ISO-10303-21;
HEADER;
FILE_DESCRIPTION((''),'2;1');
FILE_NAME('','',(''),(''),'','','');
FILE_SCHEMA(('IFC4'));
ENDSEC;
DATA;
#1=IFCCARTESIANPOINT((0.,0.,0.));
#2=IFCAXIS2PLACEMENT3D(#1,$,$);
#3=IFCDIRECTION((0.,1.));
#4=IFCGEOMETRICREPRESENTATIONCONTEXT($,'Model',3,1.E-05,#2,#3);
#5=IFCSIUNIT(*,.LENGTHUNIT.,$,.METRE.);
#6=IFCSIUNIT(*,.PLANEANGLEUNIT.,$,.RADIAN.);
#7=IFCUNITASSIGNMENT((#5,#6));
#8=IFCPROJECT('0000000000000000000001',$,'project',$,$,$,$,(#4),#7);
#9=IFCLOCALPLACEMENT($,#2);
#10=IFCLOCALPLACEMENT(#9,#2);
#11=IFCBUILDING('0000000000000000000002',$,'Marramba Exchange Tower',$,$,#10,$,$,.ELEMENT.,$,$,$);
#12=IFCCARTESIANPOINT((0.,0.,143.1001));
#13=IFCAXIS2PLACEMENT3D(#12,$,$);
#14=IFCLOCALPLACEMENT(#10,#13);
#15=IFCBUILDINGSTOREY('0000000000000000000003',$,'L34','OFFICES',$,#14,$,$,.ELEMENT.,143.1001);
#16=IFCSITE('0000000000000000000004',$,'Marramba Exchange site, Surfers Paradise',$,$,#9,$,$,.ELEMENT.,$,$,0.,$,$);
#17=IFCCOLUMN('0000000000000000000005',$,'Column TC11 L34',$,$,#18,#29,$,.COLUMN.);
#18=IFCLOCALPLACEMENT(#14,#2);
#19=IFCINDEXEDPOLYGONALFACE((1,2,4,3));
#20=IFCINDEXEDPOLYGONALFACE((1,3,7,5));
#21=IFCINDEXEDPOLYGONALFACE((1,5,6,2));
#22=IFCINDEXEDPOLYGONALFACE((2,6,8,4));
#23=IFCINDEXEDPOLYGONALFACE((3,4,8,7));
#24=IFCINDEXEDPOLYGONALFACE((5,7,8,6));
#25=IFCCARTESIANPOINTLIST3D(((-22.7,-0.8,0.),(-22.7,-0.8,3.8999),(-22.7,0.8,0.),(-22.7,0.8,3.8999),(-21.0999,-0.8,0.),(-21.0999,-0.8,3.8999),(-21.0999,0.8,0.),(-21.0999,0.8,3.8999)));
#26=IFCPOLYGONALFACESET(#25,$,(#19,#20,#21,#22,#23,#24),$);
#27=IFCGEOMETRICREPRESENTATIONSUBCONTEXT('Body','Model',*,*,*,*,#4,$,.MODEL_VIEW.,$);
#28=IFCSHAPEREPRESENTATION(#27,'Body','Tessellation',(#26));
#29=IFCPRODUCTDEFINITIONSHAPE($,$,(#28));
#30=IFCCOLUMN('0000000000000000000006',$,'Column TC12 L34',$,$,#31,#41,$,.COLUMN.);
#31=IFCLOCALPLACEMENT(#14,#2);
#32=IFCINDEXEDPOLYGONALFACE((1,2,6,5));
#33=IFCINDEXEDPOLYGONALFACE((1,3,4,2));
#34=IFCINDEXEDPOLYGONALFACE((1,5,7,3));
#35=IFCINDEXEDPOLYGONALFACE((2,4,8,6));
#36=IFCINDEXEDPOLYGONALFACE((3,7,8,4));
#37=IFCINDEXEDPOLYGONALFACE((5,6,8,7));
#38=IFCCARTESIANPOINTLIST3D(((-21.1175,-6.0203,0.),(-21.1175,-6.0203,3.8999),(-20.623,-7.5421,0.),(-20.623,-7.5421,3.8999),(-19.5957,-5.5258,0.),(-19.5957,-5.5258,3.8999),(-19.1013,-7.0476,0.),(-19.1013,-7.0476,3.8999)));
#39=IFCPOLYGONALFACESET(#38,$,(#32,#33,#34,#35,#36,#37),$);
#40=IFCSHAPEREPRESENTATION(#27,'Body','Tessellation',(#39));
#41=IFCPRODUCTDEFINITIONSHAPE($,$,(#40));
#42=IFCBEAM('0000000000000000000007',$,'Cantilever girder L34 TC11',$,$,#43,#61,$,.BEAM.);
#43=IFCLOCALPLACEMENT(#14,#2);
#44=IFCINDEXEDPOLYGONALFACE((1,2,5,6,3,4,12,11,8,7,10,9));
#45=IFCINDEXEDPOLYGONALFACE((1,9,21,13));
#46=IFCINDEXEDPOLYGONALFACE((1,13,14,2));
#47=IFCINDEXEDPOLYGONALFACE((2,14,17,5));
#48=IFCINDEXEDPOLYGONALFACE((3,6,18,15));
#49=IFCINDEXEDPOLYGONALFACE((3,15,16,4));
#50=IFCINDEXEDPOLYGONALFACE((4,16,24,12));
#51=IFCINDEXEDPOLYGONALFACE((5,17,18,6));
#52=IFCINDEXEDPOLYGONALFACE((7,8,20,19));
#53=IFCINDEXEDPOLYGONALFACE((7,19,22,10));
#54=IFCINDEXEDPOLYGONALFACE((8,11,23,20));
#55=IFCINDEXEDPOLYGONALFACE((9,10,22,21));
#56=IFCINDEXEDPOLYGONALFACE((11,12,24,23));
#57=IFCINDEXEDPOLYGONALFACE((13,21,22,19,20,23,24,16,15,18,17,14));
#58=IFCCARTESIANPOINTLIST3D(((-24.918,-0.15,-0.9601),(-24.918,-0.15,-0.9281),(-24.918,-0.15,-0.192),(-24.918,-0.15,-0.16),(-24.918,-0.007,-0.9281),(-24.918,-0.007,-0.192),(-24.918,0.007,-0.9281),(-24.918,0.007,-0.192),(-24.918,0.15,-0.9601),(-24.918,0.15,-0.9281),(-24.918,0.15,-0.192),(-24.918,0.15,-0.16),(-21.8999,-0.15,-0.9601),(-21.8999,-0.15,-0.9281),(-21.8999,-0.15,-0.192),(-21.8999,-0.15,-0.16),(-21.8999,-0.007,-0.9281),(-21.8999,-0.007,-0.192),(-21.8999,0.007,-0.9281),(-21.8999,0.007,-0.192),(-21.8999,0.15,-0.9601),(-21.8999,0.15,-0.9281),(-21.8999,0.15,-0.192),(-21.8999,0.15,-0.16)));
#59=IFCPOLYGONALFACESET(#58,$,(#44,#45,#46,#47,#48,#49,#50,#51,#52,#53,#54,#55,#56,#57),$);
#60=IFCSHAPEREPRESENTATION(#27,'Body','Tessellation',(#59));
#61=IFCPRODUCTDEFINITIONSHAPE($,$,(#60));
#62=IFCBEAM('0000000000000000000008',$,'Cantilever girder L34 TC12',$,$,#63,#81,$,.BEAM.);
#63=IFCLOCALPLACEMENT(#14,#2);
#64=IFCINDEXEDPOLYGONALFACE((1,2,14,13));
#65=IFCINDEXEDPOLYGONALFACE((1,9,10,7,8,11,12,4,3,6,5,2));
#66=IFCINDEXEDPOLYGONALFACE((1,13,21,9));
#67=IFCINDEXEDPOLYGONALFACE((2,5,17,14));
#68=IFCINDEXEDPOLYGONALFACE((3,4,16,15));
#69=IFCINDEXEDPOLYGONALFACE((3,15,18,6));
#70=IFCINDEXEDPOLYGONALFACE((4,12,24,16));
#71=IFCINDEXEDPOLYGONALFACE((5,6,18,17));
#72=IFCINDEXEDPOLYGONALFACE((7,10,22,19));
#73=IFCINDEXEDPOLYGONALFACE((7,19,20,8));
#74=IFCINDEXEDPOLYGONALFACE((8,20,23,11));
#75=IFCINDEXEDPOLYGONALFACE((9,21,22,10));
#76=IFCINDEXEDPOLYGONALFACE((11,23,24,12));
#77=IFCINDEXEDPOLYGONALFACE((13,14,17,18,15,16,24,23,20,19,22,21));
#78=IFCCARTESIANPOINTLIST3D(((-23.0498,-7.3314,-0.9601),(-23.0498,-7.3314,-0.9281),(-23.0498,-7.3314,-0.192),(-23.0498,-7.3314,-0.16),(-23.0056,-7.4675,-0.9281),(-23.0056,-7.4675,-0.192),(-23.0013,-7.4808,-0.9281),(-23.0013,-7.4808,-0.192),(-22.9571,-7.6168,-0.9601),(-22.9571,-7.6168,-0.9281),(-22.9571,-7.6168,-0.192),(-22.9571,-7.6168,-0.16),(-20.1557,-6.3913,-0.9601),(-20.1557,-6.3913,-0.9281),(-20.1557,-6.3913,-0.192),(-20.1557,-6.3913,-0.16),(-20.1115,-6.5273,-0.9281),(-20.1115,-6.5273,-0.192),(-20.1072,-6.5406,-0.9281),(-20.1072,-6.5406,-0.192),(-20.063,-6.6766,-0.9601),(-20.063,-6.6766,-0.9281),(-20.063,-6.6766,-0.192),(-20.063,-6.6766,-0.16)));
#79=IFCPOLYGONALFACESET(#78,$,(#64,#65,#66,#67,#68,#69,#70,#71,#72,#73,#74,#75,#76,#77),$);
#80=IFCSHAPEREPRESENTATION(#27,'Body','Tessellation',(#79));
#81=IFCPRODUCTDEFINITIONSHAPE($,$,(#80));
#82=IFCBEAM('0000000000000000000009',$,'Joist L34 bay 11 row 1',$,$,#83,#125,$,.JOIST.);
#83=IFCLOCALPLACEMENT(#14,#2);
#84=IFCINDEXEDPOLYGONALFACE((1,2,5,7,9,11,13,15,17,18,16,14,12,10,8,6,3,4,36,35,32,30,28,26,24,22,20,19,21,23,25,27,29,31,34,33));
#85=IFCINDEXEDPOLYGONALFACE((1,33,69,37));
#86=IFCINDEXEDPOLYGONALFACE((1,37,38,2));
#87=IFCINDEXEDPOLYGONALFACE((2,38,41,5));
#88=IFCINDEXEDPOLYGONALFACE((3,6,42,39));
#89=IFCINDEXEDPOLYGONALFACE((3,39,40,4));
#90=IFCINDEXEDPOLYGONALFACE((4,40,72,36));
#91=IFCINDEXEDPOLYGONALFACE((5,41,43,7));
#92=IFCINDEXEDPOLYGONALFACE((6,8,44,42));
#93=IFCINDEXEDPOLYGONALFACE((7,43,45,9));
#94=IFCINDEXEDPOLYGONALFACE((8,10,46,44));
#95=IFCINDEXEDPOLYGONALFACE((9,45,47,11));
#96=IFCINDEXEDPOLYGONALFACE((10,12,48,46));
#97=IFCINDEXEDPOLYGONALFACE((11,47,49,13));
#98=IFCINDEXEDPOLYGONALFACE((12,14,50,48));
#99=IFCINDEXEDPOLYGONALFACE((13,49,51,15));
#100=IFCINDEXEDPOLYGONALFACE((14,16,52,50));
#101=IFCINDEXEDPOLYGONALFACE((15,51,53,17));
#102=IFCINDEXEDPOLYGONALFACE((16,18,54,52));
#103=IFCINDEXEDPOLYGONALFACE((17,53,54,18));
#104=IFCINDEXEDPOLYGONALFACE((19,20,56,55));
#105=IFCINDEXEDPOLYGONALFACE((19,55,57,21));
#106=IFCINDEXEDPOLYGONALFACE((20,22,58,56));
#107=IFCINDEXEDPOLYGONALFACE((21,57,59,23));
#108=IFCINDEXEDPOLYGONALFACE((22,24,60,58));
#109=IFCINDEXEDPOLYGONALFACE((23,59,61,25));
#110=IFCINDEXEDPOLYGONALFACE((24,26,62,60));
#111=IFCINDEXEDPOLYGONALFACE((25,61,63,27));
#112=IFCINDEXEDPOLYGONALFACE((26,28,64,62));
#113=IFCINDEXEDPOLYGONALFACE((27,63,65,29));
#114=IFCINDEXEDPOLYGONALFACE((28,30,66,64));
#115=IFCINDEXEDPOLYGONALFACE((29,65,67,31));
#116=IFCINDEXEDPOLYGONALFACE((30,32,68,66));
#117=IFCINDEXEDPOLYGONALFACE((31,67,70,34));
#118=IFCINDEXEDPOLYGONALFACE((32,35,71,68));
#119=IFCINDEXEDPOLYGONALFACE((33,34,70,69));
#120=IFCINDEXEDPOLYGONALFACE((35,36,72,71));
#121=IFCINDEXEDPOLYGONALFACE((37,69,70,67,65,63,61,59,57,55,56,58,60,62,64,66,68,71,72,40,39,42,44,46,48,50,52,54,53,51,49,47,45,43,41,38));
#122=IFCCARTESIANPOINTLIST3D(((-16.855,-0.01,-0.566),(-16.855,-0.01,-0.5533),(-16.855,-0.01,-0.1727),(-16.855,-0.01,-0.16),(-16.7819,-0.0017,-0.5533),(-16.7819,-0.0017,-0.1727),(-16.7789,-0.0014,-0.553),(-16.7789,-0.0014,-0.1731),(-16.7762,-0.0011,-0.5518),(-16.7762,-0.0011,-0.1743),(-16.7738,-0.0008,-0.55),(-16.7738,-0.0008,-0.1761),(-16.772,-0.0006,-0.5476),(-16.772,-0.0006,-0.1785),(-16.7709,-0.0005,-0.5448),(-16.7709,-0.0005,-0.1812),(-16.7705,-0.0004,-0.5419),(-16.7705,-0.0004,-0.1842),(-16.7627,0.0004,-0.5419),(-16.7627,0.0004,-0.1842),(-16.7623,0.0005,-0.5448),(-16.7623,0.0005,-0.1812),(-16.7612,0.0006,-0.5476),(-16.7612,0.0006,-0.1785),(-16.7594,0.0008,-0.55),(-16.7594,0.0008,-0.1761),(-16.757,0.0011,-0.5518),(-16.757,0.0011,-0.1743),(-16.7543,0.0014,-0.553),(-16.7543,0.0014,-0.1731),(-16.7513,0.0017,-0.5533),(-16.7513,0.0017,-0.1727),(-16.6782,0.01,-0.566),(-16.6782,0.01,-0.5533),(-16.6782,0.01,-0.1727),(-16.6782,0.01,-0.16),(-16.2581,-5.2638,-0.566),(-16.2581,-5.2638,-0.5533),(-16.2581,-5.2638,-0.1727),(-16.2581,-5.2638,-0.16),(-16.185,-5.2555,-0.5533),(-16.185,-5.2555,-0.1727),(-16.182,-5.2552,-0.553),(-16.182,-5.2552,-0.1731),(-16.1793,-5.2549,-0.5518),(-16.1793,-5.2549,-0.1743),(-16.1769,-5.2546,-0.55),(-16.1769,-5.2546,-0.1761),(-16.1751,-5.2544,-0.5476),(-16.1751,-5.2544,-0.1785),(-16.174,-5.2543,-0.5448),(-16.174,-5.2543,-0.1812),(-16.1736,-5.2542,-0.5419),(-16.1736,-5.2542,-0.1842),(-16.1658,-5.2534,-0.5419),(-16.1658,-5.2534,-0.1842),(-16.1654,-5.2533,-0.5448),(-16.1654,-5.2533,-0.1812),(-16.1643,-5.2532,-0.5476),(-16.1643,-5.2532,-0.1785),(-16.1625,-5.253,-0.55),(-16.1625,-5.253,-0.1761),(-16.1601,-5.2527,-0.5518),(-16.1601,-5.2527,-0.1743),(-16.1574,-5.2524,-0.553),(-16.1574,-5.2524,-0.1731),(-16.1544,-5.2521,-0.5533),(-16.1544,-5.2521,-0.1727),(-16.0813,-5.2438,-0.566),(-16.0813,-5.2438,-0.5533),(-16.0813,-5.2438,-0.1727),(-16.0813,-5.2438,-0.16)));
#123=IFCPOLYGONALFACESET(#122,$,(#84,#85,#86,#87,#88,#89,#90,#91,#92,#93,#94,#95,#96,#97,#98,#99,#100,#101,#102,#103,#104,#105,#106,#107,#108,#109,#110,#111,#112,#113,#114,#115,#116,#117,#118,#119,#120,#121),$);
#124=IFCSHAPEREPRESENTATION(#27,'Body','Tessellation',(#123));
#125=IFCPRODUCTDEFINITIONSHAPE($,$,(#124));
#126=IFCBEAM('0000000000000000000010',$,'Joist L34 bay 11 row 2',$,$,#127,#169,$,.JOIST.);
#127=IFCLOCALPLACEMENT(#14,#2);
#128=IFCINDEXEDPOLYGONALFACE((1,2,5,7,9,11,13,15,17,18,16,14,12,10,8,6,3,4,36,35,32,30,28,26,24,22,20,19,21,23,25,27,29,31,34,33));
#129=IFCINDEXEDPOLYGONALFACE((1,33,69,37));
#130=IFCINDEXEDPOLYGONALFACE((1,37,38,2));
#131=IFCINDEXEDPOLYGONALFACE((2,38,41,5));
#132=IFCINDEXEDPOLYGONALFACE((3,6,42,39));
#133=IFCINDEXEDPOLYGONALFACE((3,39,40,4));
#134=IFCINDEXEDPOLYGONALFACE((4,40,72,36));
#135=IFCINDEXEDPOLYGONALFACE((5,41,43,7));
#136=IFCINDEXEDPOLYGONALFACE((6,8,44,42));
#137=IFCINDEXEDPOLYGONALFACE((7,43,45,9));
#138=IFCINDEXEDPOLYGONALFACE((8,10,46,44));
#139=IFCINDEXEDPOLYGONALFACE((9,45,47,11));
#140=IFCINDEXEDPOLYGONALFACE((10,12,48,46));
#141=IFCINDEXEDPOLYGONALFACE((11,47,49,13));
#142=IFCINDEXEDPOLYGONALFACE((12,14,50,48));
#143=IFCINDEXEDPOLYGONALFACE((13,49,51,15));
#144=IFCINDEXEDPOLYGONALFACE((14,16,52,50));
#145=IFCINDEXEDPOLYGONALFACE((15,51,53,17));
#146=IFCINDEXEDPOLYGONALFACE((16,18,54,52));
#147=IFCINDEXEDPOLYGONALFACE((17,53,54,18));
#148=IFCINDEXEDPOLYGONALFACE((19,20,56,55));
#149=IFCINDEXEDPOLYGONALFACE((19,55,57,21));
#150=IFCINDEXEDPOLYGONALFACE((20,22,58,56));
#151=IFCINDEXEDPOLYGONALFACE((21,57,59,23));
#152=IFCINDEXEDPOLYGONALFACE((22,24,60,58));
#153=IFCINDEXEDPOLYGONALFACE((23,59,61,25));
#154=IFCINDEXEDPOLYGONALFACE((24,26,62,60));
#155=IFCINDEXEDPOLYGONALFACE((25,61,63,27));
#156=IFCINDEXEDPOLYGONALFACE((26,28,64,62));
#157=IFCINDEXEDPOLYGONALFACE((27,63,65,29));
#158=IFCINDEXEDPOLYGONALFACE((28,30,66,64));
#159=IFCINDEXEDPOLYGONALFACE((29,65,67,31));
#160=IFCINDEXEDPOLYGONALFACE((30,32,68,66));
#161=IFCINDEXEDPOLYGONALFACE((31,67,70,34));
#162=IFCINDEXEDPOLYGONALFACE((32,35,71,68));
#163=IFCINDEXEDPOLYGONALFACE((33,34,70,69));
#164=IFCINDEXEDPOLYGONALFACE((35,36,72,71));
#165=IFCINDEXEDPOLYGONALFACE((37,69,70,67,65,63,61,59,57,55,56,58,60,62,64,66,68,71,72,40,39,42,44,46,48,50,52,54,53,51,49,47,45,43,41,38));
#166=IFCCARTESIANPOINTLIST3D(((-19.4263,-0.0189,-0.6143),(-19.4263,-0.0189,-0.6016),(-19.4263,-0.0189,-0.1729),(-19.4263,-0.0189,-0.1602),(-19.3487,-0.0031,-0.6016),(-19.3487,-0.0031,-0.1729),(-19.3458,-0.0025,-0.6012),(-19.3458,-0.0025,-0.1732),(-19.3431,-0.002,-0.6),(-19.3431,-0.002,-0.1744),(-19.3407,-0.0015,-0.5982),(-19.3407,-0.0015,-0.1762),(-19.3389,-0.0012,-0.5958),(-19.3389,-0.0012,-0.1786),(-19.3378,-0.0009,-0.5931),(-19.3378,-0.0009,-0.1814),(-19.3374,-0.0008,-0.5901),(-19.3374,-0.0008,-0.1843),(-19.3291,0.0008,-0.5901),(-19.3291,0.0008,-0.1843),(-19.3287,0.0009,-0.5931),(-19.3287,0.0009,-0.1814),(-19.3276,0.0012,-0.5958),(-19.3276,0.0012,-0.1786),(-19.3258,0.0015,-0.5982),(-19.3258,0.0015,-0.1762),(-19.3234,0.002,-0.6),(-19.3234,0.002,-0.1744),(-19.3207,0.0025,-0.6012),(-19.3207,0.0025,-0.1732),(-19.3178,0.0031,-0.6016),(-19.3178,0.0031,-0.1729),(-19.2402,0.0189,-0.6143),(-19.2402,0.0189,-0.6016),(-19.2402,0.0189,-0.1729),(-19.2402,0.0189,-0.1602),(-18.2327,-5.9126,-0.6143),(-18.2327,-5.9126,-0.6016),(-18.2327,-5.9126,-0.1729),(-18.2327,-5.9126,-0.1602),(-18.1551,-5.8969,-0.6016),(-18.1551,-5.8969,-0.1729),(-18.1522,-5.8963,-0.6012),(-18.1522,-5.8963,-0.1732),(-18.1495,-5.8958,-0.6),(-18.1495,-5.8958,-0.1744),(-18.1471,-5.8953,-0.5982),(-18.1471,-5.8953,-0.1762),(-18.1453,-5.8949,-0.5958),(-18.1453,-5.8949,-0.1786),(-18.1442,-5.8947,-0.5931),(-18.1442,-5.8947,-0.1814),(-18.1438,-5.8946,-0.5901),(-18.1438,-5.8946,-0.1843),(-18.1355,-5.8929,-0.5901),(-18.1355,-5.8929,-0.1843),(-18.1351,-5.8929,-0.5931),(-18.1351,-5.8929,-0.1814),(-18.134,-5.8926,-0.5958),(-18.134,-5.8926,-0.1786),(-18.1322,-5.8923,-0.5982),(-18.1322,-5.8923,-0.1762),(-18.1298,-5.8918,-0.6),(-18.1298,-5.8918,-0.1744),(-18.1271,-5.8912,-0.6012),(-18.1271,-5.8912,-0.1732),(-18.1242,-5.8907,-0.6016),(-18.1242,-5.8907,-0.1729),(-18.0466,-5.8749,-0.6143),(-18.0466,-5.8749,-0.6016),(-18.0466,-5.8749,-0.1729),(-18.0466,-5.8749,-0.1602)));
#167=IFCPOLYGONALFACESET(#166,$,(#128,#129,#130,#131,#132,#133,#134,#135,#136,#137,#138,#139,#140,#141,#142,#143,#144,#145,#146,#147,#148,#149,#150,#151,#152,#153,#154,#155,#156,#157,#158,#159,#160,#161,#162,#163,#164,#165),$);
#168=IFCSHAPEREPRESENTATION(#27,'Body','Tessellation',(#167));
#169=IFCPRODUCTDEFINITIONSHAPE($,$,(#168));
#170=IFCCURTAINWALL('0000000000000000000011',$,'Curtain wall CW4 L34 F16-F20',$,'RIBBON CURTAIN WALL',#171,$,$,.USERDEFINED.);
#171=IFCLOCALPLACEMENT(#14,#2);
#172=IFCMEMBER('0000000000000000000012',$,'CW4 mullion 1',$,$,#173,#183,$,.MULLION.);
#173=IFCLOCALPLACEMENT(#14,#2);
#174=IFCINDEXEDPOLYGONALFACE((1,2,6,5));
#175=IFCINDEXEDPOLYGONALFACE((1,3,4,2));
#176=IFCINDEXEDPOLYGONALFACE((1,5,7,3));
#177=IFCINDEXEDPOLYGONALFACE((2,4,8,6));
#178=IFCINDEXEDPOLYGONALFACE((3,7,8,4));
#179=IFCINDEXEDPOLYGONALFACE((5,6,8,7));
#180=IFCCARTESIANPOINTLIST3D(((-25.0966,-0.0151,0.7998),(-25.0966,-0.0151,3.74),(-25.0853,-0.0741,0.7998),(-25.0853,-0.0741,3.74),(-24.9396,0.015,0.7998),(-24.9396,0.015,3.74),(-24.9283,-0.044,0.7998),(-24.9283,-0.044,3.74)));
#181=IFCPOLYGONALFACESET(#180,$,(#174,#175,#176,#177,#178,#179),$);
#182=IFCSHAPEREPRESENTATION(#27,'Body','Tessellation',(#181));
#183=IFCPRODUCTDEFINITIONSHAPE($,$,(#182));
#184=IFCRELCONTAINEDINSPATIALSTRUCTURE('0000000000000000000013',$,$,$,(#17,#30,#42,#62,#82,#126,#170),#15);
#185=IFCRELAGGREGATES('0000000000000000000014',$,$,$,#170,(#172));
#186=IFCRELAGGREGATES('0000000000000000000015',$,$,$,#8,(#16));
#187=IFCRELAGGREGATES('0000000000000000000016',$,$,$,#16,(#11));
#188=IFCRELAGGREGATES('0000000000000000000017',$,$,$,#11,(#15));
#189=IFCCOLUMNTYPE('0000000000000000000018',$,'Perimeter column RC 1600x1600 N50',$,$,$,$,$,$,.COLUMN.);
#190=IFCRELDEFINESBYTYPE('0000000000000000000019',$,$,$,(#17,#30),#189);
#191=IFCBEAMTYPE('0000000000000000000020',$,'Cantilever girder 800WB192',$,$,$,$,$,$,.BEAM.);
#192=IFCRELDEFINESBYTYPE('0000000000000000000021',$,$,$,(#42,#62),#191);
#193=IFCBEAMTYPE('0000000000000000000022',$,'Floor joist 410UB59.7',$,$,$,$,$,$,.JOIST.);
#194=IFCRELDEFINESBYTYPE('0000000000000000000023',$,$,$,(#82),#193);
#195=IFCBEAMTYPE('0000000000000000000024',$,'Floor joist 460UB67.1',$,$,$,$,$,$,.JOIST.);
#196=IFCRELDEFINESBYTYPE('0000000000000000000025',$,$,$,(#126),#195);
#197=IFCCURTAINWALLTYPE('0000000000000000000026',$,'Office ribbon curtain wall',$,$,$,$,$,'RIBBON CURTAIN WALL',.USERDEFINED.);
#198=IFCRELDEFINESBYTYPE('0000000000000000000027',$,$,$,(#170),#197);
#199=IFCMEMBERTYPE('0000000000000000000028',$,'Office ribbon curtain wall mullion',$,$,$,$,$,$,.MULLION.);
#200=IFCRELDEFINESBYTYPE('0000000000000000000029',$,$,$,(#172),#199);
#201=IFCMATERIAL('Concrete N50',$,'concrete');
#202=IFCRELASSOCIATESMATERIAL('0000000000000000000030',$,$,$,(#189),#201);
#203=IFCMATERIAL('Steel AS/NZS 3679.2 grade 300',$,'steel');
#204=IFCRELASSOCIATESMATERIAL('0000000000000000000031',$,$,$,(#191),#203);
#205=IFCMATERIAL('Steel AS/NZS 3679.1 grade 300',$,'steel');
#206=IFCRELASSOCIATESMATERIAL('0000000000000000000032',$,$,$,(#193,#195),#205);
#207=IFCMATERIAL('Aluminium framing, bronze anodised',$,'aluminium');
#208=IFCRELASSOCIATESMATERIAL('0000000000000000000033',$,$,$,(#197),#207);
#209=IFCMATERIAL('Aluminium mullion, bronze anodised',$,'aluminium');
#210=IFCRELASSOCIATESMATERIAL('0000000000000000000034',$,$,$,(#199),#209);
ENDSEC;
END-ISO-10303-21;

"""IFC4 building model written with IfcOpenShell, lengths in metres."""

from ifc_helpers import new_model, si_unit, direction, frame, origin, origin_2d, place, context, subcontext, project, spatial, rectangle, i_section, extrude, material, material_profile, profile_set, type_object, element, aggregate, save


model = new_model("IFC4")

# Units and contexts
model_context = context("Model", 3, precision=1e-05, world=origin(), true_north=direction((0.0, 1.0)))
body_context = subcontext(model_context, "Body", "Model", "MODEL_VIEW")
ifc_project = project(units=[si_unit("LENGTHUNIT", "METRE"), si_unit("PLANEANGLEUNIT", "RADIAN")], contexts=[model_context])

# Site, building, storey
site_placement = place(None, origin())
site = spatial("IfcSite", under=ifc_project, at=site_placement, Name="Marramba Exchange site, Surfers Paradise", CompositionType="ELEMENT", RefElevation=0.0)
building_placement = place(site_placement, origin())
building = spatial("IfcBuilding", under=site, at=building_placement, Name="Marramba Exchange Tower", CompositionType="ELEMENT")
storey_placement = place(building_placement, frame((0.0, 0.0, 143.1001)))
storey = spatial("IfcBuildingStorey", under=building, at=storey_placement, Name="L34", Description="OFFICES", CompositionType="ELEMENT", Elevation=143.1001)

# Columns
ifc_material_1 = material(Name="Concrete N50", Category="concrete")
ifc_material_profile_1 = material_profile(ifc_material_1, rectangle(XDim=1.6001, YDim=1.6001, at=origin_2d()), Name="RC 1600x1600")
ifc_profile_set_1 = profile_set([ifc_material_profile_1], Name="Concrete N50")
column_type = type_object("IfcColumnType", Name="Perimeter column RC 1600x1600 N50", PredefinedType="COLUMN", material=ifc_profile_set_1)
for number, where, z_axis, x_axis, name in (
    (1, (-21.8999, 0.0, 0.0), (0.0, 0.0, 1.0), (-1.0, 0.0, 0.0), "Column TC11 L34"),
    (2, (-20.1094, -6.5339, 0.0), (0.0, 0.0, 1.0), (-0.951057, -0.309017, 0.0), "Column TC12 L34"),
):
    element("IfcColumn", number, at=place(storey_placement, frame(where, z_axis=z_axis, x_axis=x_axis)), inside=storey, type_object=column_type, Name=name, PredefinedType="COLUMN", context=body_context, shape_type="SweptSolid", body=[
        extrude(rectangle(XDim=1.6001, YDim=1.6001, at=origin_2d()), origin(), (0.0, 0.0, 1.0), 3.8999),
    ])

# Beams
ifc_material_2 = material(Name="Steel AS/NZS 3679.2 grade 300", Category="steel")
ifc_material_profile_2 = material_profile(ifc_material_2, i_section(OverallWidth=0.3, OverallDepth=0.8, WebThickness=0.0139, FlangeThickness=0.032, at=origin_2d()), Name="800WB192")
ifc_profile_set_2 = profile_set([ifc_material_profile_2], Name="Steel AS/NZS 3679.2 grade 300")
beam_type_1 = type_object("IfcBeamType", Name="Cantilever girder 800WB192", PredefinedType="BEAM", material=ifc_profile_set_2)
beam_1_placement = place(storey_placement, frame((-21.8999, 0.0, -0.5601), z_axis=(-1.0, 0.0, 0.0), x_axis=(0.0, -1.0, 0.0)))
element("IfcBeam", 3, at=beam_1_placement, inside=storey, type_object=beam_type_1, Name="Cantilever girder L34 TC11", PredefinedType="BEAM", context=body_context, shape_type="SweptSolid", body=[
    extrude(i_section(OverallWidth=0.3, OverallDepth=0.8, WebThickness=0.0139, FlangeThickness=0.032, at=origin_2d()), origin(), (0.0, 0.0, 1.0), 3.0181),
])
beam_2_placement = place(storey_placement, frame((-20.1094, -6.5339, -0.5601), z_axis=(-0.951071, -0.308974, 0.0), x_axis=(0.308974, -0.951071, 0.0)))
element("IfcBeam", 4, at=beam_2_placement, inside=storey, type_object=beam_type_1, Name="Cantilever girder L34 TC12", PredefinedType="BEAM", context=body_context, shape_type="SweptSolid", body=[
    extrude(i_section(OverallWidth=0.3, OverallDepth=0.8, WebThickness=0.0139, FlangeThickness=0.032, at=origin_2d()), origin(), (0.0, 0.0, 1.0), 3.043),
])
ifc_material_3 = material(Name="Steel AS/NZS 3679.1 grade 300", Category="steel")
ifc_material_profile_3 = material_profile(ifc_material_3, i_section(OverallWidth=0.178, OverallDepth=0.406, WebThickness=0.0078, FlangeThickness=0.0127, FilletRadius=0.0115, at=origin_2d()), Name="410UB59.7")
ifc_profile_set_3 = profile_set([ifc_material_profile_3], Name="Steel AS/NZS 3679.1 grade 300")
beam_type_2 = type_object("IfcBeamType", Name="Floor joist 410UB59.7", PredefinedType="JOIST", material=ifc_profile_set_3)
beam_3_placement = place(storey_placement, frame((-16.7666, 0.0, -0.363), z_axis=(0.112889, -0.993608, 0.0), x_axis=(0.993608, 0.112889, 0.0)))
element("IfcBeam", 5, at=beam_3_placement, inside=storey, type_object=beam_type_2, Name="Joist L34 bay 11 row 1", PredefinedType="JOIST", context=body_context, shape_type="SweptSolid", body=[
    extrude(i_section(OverallWidth=0.178, OverallDepth=0.406, WebThickness=0.0078, FlangeThickness=0.0127, FilletRadius=0.0115, at=origin_2d()), origin(), (0.0, 0.0, 1.0), 5.2876),
])
ifc_material_profile_4 = material_profile(ifc_material_3, i_section(OverallWidth=0.1899, OverallDepth=0.4541, WebThickness=0.0085, FlangeThickness=0.0127, FilletRadius=0.0115, at=origin_2d()), Name="460UB67.1")
ifc_profile_set_4 = profile_set([ifc_material_profile_4], Name="Steel AS/NZS 3679.1 grade 300")
beam_type_3 = type_object("IfcBeamType", Name="Floor joist 460UB67.1", PredefinedType="JOIST", material=ifc_profile_set_4)
beam_4_placement = place(storey_placement, frame((-19.3333, 0.0, -0.3872), z_axis=(0.198489, -0.980103, 0.0), x_axis=(0.980103, 0.198489, 0.0)))
element("IfcBeam", 6, at=beam_4_placement, inside=storey, type_object=beam_type_3, Name="Joist L34 bay 11 row 2", PredefinedType="JOIST", context=body_context, shape_type="SweptSolid", body=[
    extrude(i_section(OverallWidth=0.1899, OverallDepth=0.4541, WebThickness=0.0085, FlangeThickness=0.0127, FilletRadius=0.0115, at=origin_2d()), origin(), (0.0, 0.0, 1.0), 6.0134),
])

# Curtain wall, member
ifc_material_4 = material(Name="Aluminium framing, bronze anodised", Category="aluminium")
curtain_wall_type = type_object("IfcCurtainWallType", Name="Office ribbon curtain wall", ElementType="RIBBON CURTAIN WALL", PredefinedType="USERDEFINED", material=ifc_material_4)
curtain_wall_placement = place(storey_placement, origin())
curtain_wall = element("IfcCurtainWall", 7, at=curtain_wall_placement, inside=storey, type_object=curtain_wall_type, Name="Curtain wall CW4 L34 F16-F20", ObjectType="RIBBON CURTAIN WALL", PredefinedType="USERDEFINED")
ifc_material_5 = material(Name="Aluminium mullion, bronze anodised", Category="aluminium")
ifc_material_profile_5 = material_profile(ifc_material_5, rectangle(XDim=0.1599, YDim=0.0601, at=origin_2d()), Name="CW4 mullion 60x160")
ifc_profile_set_5 = profile_set([ifc_material_profile_5], Name="Aluminium mullion, bronze anodised")
member_type_1 = type_object("IfcMemberType", Name="Office ribbon curtain wall mullion", PredefinedType="MULLION", material=ifc_profile_set_5)
member_1_placement = place(storey_placement, frame((-25.0125, -0.0295, 0.7998), z_axis=(0.0, 0.0, 1.0), x_axis=(0.982126, 0.188227, 0.0)))
member_1 = element("IfcMember", 8, at=member_1_placement, type_object=member_type_1, Name="CW4 mullion 1", PredefinedType="MULLION", context=body_context, shape_type="SweptSolid", body=[
    extrude(rectangle(XDim=0.1599, YDim=0.0601, at=origin_2d()), origin(), (0.0, 0.0, 1.0), 2.9402),
])

aggregate(curtain_wall, [member_1])

save(model, "model.ifc")
